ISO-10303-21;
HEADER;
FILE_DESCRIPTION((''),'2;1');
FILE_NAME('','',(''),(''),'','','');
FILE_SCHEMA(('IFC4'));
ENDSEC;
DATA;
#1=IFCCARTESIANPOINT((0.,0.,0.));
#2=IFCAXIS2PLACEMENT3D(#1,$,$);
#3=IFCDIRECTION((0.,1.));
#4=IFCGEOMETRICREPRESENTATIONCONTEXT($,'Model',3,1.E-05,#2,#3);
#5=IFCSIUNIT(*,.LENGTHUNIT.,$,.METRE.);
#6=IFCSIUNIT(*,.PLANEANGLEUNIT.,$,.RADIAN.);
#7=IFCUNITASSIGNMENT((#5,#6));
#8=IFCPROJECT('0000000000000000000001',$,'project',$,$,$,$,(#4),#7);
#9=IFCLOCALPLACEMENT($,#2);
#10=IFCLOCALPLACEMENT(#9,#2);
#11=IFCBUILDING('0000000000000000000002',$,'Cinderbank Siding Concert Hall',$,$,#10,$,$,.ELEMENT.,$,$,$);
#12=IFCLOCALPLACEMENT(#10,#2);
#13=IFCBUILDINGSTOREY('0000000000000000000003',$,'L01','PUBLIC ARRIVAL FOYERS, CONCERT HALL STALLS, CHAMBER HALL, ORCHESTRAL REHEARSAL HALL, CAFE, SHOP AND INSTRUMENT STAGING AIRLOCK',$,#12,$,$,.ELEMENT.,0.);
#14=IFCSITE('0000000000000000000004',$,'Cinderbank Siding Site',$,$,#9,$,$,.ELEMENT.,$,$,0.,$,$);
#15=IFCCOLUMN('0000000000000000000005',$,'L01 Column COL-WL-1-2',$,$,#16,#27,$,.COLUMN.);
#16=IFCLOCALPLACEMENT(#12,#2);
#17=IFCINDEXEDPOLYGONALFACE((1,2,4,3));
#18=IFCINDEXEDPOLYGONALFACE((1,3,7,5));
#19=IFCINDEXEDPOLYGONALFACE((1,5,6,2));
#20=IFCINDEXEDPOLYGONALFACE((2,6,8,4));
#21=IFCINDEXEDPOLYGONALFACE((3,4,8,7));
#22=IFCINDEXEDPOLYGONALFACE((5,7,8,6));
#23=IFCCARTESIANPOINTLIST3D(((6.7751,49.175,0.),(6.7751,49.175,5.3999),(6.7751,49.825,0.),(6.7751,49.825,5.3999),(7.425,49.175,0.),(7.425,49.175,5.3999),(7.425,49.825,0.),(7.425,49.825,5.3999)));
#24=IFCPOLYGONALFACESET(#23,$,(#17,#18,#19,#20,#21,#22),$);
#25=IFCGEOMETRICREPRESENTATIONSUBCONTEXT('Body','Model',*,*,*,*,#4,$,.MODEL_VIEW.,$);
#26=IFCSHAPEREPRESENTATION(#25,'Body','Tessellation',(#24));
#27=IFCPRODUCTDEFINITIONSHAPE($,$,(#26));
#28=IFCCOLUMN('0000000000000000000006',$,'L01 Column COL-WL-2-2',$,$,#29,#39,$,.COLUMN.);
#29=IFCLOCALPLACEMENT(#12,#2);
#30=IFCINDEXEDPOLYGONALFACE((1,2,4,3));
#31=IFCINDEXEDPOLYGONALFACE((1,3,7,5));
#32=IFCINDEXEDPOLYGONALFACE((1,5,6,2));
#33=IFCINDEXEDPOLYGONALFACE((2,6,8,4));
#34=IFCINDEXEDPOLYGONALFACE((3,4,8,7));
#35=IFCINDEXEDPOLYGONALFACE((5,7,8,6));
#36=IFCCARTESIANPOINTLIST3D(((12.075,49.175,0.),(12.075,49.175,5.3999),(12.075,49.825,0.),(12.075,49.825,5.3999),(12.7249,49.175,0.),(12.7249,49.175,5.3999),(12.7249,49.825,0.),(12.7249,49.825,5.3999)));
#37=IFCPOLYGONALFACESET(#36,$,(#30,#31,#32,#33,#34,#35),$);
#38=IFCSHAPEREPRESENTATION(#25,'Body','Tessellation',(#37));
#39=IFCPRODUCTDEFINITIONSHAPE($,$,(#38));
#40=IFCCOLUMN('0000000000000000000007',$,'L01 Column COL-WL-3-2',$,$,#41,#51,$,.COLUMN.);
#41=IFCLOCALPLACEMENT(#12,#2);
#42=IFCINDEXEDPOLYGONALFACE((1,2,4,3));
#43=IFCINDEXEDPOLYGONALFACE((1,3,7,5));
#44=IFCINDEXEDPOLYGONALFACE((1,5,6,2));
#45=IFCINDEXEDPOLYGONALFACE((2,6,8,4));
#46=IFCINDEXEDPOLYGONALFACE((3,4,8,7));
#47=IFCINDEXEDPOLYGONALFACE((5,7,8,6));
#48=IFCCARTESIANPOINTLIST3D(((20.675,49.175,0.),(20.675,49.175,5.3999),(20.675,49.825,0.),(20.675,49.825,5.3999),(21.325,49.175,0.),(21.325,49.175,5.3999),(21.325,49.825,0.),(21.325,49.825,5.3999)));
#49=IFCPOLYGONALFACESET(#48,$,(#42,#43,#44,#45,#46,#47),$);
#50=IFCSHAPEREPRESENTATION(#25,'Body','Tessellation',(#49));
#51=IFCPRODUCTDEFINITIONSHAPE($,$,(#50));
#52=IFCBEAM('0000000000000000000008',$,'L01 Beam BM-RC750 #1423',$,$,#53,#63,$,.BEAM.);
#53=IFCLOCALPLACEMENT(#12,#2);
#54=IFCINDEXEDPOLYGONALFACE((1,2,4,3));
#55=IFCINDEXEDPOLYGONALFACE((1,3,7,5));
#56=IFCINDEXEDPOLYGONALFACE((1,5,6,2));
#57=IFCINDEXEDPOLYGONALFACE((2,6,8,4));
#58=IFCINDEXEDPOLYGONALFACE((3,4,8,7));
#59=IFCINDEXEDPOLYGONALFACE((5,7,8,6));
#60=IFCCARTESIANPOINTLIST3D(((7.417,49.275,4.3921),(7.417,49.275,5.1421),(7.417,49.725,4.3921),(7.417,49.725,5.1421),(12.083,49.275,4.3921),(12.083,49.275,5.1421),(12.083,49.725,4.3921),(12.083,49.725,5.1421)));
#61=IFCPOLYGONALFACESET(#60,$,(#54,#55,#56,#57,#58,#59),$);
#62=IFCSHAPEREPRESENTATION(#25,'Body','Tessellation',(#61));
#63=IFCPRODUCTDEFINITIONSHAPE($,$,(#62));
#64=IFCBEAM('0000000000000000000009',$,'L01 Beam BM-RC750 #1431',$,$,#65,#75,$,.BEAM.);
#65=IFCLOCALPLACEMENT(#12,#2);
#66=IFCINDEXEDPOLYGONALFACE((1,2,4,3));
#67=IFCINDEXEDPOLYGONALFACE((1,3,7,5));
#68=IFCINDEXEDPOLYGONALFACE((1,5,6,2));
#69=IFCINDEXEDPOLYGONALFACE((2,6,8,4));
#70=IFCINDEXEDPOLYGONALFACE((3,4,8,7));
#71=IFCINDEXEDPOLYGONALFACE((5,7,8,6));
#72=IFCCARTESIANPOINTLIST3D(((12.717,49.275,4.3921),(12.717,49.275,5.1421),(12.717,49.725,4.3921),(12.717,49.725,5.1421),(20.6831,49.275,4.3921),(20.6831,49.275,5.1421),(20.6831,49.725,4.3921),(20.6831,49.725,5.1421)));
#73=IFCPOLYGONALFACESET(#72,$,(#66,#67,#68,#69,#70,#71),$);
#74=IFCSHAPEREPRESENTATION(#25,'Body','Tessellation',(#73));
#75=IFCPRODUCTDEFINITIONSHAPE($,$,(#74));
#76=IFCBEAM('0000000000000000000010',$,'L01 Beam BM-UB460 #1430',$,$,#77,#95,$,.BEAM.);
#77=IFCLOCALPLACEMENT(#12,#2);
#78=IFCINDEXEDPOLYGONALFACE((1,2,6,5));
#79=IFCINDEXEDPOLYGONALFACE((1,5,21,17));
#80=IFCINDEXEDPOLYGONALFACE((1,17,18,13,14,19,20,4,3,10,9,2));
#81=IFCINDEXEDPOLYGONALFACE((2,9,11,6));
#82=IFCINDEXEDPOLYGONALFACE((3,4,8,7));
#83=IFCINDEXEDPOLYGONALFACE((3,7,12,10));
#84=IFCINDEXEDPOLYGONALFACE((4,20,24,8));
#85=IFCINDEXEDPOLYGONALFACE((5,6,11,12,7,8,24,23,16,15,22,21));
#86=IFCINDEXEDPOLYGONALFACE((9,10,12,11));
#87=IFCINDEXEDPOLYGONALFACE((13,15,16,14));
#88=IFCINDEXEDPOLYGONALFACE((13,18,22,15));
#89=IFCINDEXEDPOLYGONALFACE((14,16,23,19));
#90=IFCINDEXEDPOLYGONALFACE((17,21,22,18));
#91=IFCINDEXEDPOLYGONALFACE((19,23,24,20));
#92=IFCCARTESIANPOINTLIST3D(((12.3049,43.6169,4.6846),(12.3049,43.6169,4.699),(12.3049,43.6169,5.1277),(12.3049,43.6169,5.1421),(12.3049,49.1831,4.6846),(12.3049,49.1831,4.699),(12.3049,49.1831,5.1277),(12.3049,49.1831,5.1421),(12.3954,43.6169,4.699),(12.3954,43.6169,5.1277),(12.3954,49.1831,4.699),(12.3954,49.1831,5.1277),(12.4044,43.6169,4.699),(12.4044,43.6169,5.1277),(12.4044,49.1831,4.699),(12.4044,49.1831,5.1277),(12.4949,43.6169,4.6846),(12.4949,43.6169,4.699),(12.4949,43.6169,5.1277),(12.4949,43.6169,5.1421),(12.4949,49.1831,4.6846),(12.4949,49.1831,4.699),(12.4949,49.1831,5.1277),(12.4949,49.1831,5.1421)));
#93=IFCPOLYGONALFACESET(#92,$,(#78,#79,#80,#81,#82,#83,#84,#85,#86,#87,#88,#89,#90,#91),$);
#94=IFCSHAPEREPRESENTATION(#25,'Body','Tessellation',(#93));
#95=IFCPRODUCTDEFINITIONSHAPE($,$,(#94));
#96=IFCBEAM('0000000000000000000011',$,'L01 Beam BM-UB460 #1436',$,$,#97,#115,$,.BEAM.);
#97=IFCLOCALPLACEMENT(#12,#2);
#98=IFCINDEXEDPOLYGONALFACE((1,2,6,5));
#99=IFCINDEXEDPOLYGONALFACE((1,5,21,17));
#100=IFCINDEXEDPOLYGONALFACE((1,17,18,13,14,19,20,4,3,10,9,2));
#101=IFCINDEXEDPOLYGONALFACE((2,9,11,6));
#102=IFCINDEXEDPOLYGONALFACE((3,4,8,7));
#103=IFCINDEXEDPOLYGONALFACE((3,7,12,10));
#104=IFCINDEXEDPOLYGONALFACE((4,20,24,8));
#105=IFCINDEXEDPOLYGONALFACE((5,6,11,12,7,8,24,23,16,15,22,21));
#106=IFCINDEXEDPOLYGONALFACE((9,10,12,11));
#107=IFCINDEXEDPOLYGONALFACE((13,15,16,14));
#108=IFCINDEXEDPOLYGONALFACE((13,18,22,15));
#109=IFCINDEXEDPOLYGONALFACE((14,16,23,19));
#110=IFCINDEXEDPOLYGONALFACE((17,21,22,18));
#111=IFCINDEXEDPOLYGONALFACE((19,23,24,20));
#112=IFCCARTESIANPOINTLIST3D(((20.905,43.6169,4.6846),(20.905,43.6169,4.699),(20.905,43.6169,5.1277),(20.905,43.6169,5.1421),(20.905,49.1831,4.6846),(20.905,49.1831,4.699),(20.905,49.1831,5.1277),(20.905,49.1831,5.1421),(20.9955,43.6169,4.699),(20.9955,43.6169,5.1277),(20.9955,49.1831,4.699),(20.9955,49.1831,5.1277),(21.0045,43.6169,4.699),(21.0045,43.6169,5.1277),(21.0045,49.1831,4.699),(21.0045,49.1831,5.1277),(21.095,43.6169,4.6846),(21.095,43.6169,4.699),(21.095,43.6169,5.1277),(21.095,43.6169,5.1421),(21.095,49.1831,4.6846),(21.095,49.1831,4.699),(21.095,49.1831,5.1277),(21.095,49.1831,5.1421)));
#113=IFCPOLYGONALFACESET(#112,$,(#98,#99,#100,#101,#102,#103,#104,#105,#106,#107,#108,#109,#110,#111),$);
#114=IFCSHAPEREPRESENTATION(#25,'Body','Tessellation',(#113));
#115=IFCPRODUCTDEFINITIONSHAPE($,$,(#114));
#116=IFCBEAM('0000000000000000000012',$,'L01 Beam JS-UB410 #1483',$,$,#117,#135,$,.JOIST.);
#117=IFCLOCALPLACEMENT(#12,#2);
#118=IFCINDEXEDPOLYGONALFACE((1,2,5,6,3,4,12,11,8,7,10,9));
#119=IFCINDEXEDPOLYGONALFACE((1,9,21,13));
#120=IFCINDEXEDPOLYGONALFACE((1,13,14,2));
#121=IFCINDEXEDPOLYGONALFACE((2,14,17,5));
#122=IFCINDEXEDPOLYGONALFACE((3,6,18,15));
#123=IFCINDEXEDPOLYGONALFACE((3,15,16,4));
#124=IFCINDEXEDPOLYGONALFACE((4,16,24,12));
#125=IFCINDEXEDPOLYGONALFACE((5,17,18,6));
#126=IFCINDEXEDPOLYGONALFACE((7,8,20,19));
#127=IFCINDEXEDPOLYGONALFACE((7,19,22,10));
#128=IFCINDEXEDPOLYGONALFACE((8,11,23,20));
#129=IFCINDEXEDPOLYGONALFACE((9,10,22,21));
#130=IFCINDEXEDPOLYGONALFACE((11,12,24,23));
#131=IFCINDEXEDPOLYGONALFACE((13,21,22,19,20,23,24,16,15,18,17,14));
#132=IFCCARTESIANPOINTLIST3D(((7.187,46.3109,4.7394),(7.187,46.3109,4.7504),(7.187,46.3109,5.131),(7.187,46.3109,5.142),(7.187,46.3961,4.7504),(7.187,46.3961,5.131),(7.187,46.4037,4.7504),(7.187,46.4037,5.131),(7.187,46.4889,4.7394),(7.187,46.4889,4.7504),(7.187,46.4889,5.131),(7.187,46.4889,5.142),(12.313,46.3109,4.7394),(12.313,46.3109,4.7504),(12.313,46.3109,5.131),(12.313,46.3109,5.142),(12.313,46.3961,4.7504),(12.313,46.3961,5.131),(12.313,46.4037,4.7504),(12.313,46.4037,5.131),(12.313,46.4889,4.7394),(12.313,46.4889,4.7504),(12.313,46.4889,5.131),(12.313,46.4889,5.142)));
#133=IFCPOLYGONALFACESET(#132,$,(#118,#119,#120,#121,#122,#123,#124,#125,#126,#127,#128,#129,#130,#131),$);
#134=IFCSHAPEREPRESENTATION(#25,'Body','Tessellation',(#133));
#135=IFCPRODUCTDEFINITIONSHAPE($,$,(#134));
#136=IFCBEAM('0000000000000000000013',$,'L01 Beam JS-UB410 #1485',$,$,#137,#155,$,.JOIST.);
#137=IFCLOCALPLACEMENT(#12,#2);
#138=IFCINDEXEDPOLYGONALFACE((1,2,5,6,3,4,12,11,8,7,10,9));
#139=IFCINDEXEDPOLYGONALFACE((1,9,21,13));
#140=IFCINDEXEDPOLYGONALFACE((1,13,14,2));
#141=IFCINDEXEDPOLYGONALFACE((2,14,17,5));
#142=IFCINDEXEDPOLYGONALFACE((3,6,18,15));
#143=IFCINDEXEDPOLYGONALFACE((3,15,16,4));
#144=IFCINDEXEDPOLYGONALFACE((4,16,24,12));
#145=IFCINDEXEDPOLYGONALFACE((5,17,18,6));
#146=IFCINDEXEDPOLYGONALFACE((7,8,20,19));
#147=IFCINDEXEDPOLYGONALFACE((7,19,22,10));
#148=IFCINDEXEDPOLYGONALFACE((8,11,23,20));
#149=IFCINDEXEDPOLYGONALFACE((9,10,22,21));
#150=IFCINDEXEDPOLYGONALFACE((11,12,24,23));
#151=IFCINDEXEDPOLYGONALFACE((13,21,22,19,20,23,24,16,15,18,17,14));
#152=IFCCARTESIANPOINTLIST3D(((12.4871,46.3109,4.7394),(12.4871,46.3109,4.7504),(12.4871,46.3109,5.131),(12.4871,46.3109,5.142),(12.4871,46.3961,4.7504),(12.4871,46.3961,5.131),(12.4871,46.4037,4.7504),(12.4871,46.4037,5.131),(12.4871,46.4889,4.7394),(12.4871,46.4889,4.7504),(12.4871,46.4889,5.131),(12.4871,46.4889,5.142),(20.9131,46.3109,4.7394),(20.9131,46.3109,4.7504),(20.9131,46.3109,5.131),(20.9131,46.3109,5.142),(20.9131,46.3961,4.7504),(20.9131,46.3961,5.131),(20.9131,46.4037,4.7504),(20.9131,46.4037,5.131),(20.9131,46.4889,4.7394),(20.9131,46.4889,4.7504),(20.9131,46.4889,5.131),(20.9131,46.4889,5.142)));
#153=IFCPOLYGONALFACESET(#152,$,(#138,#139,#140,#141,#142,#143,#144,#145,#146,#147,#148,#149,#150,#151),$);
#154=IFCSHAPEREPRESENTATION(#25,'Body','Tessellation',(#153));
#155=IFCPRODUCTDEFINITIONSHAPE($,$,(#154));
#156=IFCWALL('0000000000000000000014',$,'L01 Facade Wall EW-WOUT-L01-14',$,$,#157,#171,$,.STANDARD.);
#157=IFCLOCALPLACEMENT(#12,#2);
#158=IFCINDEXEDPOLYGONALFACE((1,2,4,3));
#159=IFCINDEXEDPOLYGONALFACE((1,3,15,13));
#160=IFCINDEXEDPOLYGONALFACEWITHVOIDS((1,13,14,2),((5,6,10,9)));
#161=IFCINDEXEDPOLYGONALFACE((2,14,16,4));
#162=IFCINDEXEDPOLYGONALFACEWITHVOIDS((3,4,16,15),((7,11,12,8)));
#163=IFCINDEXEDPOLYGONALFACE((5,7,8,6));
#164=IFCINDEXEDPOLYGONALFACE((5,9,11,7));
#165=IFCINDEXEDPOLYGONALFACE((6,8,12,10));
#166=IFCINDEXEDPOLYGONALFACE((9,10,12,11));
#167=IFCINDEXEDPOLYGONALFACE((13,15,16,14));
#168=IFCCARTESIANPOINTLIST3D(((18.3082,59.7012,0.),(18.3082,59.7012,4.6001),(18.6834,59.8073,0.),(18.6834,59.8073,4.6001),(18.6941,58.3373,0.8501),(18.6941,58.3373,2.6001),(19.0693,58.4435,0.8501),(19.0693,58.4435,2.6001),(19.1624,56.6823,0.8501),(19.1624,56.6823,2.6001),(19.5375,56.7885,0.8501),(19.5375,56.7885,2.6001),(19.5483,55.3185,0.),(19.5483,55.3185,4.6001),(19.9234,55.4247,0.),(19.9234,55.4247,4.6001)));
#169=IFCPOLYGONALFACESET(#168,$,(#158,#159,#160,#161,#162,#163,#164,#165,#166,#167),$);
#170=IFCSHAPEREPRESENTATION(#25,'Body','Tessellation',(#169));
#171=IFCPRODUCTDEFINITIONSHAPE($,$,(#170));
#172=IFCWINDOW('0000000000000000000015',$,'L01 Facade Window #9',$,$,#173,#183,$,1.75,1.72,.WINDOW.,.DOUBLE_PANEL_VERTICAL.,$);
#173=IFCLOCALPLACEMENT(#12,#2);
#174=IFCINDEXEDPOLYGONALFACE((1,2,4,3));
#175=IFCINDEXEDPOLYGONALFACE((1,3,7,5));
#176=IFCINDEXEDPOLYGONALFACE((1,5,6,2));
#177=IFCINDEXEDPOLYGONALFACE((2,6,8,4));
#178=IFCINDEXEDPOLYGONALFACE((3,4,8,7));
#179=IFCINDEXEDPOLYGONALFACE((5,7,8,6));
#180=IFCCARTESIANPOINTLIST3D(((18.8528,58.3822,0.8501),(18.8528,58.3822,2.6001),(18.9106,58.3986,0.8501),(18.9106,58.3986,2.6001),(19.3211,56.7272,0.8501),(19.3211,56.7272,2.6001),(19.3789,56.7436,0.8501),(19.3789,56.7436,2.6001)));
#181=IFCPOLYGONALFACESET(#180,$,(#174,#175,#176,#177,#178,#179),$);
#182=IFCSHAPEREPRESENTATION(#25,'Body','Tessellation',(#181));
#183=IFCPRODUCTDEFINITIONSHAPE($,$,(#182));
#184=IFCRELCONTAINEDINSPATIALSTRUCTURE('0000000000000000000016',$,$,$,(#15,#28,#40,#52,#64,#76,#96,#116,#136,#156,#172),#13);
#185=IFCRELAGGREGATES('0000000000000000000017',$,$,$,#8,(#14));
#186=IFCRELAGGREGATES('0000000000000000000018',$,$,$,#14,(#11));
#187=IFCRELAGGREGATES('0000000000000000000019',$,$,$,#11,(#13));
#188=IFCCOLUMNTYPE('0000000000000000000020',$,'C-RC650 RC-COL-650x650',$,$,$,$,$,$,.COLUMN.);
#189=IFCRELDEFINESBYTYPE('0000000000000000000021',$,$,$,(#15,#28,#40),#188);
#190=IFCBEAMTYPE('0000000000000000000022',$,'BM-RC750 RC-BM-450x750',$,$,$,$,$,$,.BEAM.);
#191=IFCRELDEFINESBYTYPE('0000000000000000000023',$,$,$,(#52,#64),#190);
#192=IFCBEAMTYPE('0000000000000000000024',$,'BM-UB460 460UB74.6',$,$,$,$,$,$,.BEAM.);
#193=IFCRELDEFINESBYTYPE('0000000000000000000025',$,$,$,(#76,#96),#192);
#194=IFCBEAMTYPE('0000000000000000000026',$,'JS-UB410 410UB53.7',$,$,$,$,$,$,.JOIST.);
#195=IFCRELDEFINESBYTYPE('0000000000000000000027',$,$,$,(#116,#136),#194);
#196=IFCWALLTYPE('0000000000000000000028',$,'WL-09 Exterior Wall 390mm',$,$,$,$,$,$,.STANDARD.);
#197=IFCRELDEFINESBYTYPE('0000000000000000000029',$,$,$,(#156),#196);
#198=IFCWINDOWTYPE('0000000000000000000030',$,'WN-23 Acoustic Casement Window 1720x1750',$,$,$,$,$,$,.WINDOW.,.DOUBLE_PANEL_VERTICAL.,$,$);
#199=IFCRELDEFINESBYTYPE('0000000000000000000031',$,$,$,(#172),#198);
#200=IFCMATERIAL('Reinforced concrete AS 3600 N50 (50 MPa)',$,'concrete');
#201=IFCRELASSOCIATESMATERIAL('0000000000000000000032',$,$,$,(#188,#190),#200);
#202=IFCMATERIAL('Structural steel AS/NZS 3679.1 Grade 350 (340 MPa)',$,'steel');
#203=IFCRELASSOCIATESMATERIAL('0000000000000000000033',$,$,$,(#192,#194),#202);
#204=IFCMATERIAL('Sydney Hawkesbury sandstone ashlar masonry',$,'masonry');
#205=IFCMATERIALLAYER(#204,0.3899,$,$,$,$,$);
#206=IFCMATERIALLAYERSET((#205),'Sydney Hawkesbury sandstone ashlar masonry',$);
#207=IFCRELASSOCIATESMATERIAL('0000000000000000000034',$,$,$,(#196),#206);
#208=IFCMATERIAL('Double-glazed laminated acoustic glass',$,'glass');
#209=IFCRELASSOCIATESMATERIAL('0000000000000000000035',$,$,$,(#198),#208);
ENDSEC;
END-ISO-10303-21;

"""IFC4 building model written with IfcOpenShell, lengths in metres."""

from ifc_helpers import new_model, si_unit, direction, frame, frame_2d, origin, origin_2d, place, context, subcontext, project, spatial, rectangle, i_section, extrude, material, layer, layer_set, material_profile, profile_set, type_object, element, fill, save


model = new_model("IFC4")

# Units and contexts
model_context = context("Model", 3, precision=1e-05, world=origin(), true_north=direction((0.0, 1.0)))
body_context = subcontext(model_context, "Body", "Model", "MODEL_VIEW")
ifc_project = project(units=[si_unit("LENGTHUNIT", "METRE"), si_unit("PLANEANGLEUNIT", "RADIAN")], contexts=[model_context])

# Site, building, storey
site_placement = place(None, origin())
site = spatial("IfcSite", under=ifc_project, at=site_placement, Name="Cinderbank Siding Site", CompositionType="ELEMENT", RefElevation=0.0)
building_placement = place(site_placement, origin())
building = spatial("IfcBuilding", under=site, at=building_placement, Name="Cinderbank Siding Concert Hall", CompositionType="ELEMENT")
storey_placement = place(building_placement, origin())
storey = spatial("IfcBuildingStorey", under=building, at=storey_placement, Name="L01", Description="PUBLIC ARRIVAL FOYERS, CONCERT HALL STALLS, CHAMBER HALL, ORCHESTRAL REHEARSAL HALL, CAFE, SHOP AND INSTRUMENT STAGING AIRLOCK", CompositionType="ELEMENT", Elevation=0.0)

# Columns
ifc_material_1 = material(Name="Reinforced concrete AS 3600 N50 (50 MPa)", Category="concrete")
ifc_material_profile_1 = material_profile(ifc_material_1, rectangle(XDim=0.6499, YDim=0.6499, at=origin_2d()), Name="RC-COL-650x650", Category="LoadBearing")
ifc_profile_set_1 = profile_set([ifc_material_profile_1], Name="Reinforced concrete AS 3600 N50 (50 MPa)")
column_type = type_object("IfcColumnType", Name="C-RC650 RC-COL-650x650", PredefinedType="COLUMN", material=ifc_profile_set_1)
for number, where, z_axis, x_axis, name in (
    (1, (7.1001, 49.5, 0.0), (0.0, 0.0, 1.0), (1.0, 0.0, 0.0), "L01 Column COL-WL-1-2"),
    (2, (12.3999, 49.5, 0.0), (0.0, 0.0, 1.0), (1.0, 0.0, 0.0), "L01 Column COL-WL-2-2"),
    (3, (21.0, 49.5, 0.0), (0.0, 0.0, 1.0), (1.0, 0.0, 0.0), "L01 Column COL-WL-3-2"),
):
    element("IfcColumn", number, at=place(storey_placement, frame(where, z_axis=z_axis, x_axis=x_axis)), inside=storey, type_object=column_type, Name=name, PredefinedType="COLUMN", context=body_context, shape_type="SweptSolid", body=[
        extrude(rectangle(XDim=0.6499, YDim=0.6499, at=origin_2d()), origin(), (0.0, 0.0, 1.0), 5.3999),
    ])

# Beams
ifc_material_profile_2 = material_profile(ifc_material_1, rectangle(XDim=0.45, YDim=0.75, at=origin_2d()), Name="RC-BM-450x750", Category="LoadBearing")
ifc_profile_set_2 = profile_set([ifc_material_profile_2], Name="Reinforced concrete AS 3600 N50 (50 MPa)")
beam_type_1 = type_object("IfcBeamType", Name="BM-RC750 RC-BM-450x750", PredefinedType="BEAM", material=ifc_profile_set_2)
beam_1_placement = place(storey_placement, frame((7.417, 49.5, 4.7671), z_axis=(1.0, 0.0, 0.0), x_axis=(0.0, 1.0, 0.0)))
element("IfcBeam", 4, at=beam_1_placement, inside=storey, type_object=beam_type_1, Name="L01 Beam BM-RC750 #1423", PredefinedType="BEAM", context=body_context, shape_type="SweptSolid", body=[
    extrude(rectangle(XDim=0.45, YDim=0.75, at=origin_2d()), origin(), (0.0, 0.0, 1.0), 4.666),
])
beam_2_placement = place(storey_placement, frame((12.717, 49.5, 4.7671), z_axis=(1.0, 0.0, 0.0), x_axis=(0.0, 1.0, 0.0)))
element("IfcBeam", 5, at=beam_2_placement, inside=storey, type_object=beam_type_1, Name="L01 Beam BM-RC750 #1431", PredefinedType="BEAM", context=body_context, shape_type="SweptSolid", body=[
    extrude(rectangle(XDim=0.45, YDim=0.75, at=origin_2d()), origin(), (0.0, 0.0, 1.0), 7.9661),
])
ifc_material_2 = material(Name="Structural steel AS/NZS 3679.1 Grade 350 (340 MPa)", Category="steel")
ifc_material_profile_3 = material_profile(ifc_material_2, i_section(OverallWidth=0.1899, OverallDepth=0.4575, WebThickness=0.009, FlangeThickness=0.0144, at=origin_2d()), Name="460UB74.6", Category="LoadBearing")
ifc_profile_set_3 = profile_set([ifc_material_profile_3], Name="Structural steel AS/NZS 3679.1 Grade 350 (340 MPa)")
beam_type_2 = type_object("IfcBeamType", Name="BM-UB460 460UB74.6", PredefinedType="BEAM", material=ifc_profile_set_3)
for number, where, z_axis, x_axis, name in (
    (6, (12.3999, 43.6169, 4.9133), (0.0, 1.0, 0.0), (-1.0, 0.0, 0.0), "L01 Beam BM-UB460 #1430"),
    (7, (21.0, 43.6169, 4.9133), (0.0, 1.0, 0.0), (-1.0, 0.0, 0.0), "L01 Beam BM-UB460 #1436"),
):
    element("IfcBeam", number, at=place(storey_placement, frame(where, z_axis=z_axis, x_axis=x_axis)), inside=storey, type_object=beam_type_2, Name=name, PredefinedType="BEAM", context=body_context, shape_type="SweptSolid", body=[
        extrude(i_section(OverallWidth=0.1899, OverallDepth=0.4575, WebThickness=0.009, FlangeThickness=0.0144, at=origin_2d()), origin(), (0.0, 0.0, 1.0), 5.5662),
    ])
ifc_material_profile_4 = material_profile(ifc_material_2, i_section(OverallWidth=0.178, OverallDepth=0.4026, WebThickness=0.0076, FlangeThickness=0.011, at=origin_2d()), Name="410UB53.7", Category="LoadBearing")
ifc_profile_set_4 = profile_set([ifc_material_profile_4], Name="Structural steel AS/NZS 3679.1 Grade 350 (340 MPa)")
beam_type_3 = type_object("IfcBeamType", Name="JS-UB410 410UB53.7", PredefinedType="JOIST", material=ifc_profile_set_4)
beam_3_placement = place(storey_placement, frame((7.187, 46.3999, 4.9407), z_axis=(1.0, 0.0, 0.0), x_axis=(0.0, 1.0, 0.0)))
element("IfcBeam", 8, at=beam_3_placement, inside=storey, type_object=beam_type_3, Name="L01 Beam JS-UB410 #1483", PredefinedType="JOIST", context=body_context, shape_type="SweptSolid", body=[
    extrude(i_section(OverallWidth=0.178, OverallDepth=0.4026, WebThickness=0.0076, FlangeThickness=0.011, at=origin_2d()), origin(), (0.0, 0.0, 1.0), 5.126),
])
beam_4_placement = place(storey_placement, frame((12.4871, 46.3999, 4.9407), z_axis=(1.0, 0.0, 0.0), x_axis=(0.0, 1.0, 0.0)))
element("IfcBeam", 9, at=beam_4_placement, inside=storey, type_object=beam_type_3, Name="L01 Beam JS-UB410 #1485", PredefinedType="JOIST", context=body_context, shape_type="SweptSolid", body=[
    extrude(i_section(OverallWidth=0.178, OverallDepth=0.4026, WebThickness=0.0076, FlangeThickness=0.011, at=origin_2d()), origin(), (0.0, 0.0, 1.0), 8.426),
])

# Wall, opening, window
ifc_material_3 = material(Name="Sydney Hawkesbury sandstone ashlar masonry", Category="masonry")
ifc_layer = layer(ifc_material_3, 0.3899)
ifc_layer_set = layer_set([ifc_layer], Name="Sydney Hawkesbury sandstone ashlar masonry")
wall_type = type_object("IfcWallType", Name="WL-09 Exterior Wall 390mm", PredefinedType="STANDARD", material=ifc_layer_set)
wall_1_placement = place(storey_placement, frame((19.7358, 55.3716, 0.0), z_axis=(0.0, 0.0, 1.0), x_axis=(-0.272249, 0.962227, 0.0)))
wall_1 = element("IfcWall", 10, at=wall_1_placement, inside=storey, type_object=wall_type, Name="L01 Facade Wall EW-WOUT-L01-14", PredefinedType="STANDARD", context=body_context, shape_type="SweptSolid", body=[
    extrude(rectangle(XDim=4.5547, YDim=0.3899, at=frame_2d((2.2773, 0.0))), origin(), (0.0, 0.0, 1.0), 4.6001),
])
opening_1_placement = place(wall_1_placement, frame((1.4175, 0.0, 0.8501)))
opening_1 = element("IfcOpeningElement", 11, at=opening_1_placement, cuts=wall_1, PredefinedType="OPENING", context=body_context, shape_type="SweptSolid", body=[
    extrude(rectangle(XDim=1.72, YDim=1.75, at=frame_2d((0.8599, 0.875))), frame((0.0, 0.207, 0.0), z_axis=(0.0, -1.0, 0.0), x_axis=(1.0, 0.0, 0.0)), (0.0, 0.0, 1.0), 0.4138),
])
ifc_material_4 = material(Name="Double-glazed laminated acoustic glass", Category="glass")
window_type_1 = type_object("IfcWindowType", Name="WN-23 Acoustic Casement Window 1720x1750", PartitioningType="DOUBLE_PANEL_VERTICAL", PredefinedType="WINDOW", material=ifc_material_4)
window_1_placement = place(opening_1_placement, origin())
window_1 = element("IfcWindow", 12, at=window_1_placement, inside=storey, type_object=window_type_1, Name="L01 Facade Window #9", OverallHeight=1.75, OverallWidth=1.72, PartitioningType="DOUBLE_PANEL_VERTICAL", PredefinedType="WINDOW", context=body_context, shape_type="SweptSolid", body=[
    extrude(rectangle(XDim=1.72, YDim=1.75, at=frame_2d((0.8599, 0.875))), frame((0.0, 0.03, 0.0), z_axis=(0.0, -1.0, 0.0), x_axis=(1.0, 0.0, 0.0)), (0.0, 0.0, 1.0), 0.0601),
])
fill(opening_1, window_1)

save(model, "model.ifc")
